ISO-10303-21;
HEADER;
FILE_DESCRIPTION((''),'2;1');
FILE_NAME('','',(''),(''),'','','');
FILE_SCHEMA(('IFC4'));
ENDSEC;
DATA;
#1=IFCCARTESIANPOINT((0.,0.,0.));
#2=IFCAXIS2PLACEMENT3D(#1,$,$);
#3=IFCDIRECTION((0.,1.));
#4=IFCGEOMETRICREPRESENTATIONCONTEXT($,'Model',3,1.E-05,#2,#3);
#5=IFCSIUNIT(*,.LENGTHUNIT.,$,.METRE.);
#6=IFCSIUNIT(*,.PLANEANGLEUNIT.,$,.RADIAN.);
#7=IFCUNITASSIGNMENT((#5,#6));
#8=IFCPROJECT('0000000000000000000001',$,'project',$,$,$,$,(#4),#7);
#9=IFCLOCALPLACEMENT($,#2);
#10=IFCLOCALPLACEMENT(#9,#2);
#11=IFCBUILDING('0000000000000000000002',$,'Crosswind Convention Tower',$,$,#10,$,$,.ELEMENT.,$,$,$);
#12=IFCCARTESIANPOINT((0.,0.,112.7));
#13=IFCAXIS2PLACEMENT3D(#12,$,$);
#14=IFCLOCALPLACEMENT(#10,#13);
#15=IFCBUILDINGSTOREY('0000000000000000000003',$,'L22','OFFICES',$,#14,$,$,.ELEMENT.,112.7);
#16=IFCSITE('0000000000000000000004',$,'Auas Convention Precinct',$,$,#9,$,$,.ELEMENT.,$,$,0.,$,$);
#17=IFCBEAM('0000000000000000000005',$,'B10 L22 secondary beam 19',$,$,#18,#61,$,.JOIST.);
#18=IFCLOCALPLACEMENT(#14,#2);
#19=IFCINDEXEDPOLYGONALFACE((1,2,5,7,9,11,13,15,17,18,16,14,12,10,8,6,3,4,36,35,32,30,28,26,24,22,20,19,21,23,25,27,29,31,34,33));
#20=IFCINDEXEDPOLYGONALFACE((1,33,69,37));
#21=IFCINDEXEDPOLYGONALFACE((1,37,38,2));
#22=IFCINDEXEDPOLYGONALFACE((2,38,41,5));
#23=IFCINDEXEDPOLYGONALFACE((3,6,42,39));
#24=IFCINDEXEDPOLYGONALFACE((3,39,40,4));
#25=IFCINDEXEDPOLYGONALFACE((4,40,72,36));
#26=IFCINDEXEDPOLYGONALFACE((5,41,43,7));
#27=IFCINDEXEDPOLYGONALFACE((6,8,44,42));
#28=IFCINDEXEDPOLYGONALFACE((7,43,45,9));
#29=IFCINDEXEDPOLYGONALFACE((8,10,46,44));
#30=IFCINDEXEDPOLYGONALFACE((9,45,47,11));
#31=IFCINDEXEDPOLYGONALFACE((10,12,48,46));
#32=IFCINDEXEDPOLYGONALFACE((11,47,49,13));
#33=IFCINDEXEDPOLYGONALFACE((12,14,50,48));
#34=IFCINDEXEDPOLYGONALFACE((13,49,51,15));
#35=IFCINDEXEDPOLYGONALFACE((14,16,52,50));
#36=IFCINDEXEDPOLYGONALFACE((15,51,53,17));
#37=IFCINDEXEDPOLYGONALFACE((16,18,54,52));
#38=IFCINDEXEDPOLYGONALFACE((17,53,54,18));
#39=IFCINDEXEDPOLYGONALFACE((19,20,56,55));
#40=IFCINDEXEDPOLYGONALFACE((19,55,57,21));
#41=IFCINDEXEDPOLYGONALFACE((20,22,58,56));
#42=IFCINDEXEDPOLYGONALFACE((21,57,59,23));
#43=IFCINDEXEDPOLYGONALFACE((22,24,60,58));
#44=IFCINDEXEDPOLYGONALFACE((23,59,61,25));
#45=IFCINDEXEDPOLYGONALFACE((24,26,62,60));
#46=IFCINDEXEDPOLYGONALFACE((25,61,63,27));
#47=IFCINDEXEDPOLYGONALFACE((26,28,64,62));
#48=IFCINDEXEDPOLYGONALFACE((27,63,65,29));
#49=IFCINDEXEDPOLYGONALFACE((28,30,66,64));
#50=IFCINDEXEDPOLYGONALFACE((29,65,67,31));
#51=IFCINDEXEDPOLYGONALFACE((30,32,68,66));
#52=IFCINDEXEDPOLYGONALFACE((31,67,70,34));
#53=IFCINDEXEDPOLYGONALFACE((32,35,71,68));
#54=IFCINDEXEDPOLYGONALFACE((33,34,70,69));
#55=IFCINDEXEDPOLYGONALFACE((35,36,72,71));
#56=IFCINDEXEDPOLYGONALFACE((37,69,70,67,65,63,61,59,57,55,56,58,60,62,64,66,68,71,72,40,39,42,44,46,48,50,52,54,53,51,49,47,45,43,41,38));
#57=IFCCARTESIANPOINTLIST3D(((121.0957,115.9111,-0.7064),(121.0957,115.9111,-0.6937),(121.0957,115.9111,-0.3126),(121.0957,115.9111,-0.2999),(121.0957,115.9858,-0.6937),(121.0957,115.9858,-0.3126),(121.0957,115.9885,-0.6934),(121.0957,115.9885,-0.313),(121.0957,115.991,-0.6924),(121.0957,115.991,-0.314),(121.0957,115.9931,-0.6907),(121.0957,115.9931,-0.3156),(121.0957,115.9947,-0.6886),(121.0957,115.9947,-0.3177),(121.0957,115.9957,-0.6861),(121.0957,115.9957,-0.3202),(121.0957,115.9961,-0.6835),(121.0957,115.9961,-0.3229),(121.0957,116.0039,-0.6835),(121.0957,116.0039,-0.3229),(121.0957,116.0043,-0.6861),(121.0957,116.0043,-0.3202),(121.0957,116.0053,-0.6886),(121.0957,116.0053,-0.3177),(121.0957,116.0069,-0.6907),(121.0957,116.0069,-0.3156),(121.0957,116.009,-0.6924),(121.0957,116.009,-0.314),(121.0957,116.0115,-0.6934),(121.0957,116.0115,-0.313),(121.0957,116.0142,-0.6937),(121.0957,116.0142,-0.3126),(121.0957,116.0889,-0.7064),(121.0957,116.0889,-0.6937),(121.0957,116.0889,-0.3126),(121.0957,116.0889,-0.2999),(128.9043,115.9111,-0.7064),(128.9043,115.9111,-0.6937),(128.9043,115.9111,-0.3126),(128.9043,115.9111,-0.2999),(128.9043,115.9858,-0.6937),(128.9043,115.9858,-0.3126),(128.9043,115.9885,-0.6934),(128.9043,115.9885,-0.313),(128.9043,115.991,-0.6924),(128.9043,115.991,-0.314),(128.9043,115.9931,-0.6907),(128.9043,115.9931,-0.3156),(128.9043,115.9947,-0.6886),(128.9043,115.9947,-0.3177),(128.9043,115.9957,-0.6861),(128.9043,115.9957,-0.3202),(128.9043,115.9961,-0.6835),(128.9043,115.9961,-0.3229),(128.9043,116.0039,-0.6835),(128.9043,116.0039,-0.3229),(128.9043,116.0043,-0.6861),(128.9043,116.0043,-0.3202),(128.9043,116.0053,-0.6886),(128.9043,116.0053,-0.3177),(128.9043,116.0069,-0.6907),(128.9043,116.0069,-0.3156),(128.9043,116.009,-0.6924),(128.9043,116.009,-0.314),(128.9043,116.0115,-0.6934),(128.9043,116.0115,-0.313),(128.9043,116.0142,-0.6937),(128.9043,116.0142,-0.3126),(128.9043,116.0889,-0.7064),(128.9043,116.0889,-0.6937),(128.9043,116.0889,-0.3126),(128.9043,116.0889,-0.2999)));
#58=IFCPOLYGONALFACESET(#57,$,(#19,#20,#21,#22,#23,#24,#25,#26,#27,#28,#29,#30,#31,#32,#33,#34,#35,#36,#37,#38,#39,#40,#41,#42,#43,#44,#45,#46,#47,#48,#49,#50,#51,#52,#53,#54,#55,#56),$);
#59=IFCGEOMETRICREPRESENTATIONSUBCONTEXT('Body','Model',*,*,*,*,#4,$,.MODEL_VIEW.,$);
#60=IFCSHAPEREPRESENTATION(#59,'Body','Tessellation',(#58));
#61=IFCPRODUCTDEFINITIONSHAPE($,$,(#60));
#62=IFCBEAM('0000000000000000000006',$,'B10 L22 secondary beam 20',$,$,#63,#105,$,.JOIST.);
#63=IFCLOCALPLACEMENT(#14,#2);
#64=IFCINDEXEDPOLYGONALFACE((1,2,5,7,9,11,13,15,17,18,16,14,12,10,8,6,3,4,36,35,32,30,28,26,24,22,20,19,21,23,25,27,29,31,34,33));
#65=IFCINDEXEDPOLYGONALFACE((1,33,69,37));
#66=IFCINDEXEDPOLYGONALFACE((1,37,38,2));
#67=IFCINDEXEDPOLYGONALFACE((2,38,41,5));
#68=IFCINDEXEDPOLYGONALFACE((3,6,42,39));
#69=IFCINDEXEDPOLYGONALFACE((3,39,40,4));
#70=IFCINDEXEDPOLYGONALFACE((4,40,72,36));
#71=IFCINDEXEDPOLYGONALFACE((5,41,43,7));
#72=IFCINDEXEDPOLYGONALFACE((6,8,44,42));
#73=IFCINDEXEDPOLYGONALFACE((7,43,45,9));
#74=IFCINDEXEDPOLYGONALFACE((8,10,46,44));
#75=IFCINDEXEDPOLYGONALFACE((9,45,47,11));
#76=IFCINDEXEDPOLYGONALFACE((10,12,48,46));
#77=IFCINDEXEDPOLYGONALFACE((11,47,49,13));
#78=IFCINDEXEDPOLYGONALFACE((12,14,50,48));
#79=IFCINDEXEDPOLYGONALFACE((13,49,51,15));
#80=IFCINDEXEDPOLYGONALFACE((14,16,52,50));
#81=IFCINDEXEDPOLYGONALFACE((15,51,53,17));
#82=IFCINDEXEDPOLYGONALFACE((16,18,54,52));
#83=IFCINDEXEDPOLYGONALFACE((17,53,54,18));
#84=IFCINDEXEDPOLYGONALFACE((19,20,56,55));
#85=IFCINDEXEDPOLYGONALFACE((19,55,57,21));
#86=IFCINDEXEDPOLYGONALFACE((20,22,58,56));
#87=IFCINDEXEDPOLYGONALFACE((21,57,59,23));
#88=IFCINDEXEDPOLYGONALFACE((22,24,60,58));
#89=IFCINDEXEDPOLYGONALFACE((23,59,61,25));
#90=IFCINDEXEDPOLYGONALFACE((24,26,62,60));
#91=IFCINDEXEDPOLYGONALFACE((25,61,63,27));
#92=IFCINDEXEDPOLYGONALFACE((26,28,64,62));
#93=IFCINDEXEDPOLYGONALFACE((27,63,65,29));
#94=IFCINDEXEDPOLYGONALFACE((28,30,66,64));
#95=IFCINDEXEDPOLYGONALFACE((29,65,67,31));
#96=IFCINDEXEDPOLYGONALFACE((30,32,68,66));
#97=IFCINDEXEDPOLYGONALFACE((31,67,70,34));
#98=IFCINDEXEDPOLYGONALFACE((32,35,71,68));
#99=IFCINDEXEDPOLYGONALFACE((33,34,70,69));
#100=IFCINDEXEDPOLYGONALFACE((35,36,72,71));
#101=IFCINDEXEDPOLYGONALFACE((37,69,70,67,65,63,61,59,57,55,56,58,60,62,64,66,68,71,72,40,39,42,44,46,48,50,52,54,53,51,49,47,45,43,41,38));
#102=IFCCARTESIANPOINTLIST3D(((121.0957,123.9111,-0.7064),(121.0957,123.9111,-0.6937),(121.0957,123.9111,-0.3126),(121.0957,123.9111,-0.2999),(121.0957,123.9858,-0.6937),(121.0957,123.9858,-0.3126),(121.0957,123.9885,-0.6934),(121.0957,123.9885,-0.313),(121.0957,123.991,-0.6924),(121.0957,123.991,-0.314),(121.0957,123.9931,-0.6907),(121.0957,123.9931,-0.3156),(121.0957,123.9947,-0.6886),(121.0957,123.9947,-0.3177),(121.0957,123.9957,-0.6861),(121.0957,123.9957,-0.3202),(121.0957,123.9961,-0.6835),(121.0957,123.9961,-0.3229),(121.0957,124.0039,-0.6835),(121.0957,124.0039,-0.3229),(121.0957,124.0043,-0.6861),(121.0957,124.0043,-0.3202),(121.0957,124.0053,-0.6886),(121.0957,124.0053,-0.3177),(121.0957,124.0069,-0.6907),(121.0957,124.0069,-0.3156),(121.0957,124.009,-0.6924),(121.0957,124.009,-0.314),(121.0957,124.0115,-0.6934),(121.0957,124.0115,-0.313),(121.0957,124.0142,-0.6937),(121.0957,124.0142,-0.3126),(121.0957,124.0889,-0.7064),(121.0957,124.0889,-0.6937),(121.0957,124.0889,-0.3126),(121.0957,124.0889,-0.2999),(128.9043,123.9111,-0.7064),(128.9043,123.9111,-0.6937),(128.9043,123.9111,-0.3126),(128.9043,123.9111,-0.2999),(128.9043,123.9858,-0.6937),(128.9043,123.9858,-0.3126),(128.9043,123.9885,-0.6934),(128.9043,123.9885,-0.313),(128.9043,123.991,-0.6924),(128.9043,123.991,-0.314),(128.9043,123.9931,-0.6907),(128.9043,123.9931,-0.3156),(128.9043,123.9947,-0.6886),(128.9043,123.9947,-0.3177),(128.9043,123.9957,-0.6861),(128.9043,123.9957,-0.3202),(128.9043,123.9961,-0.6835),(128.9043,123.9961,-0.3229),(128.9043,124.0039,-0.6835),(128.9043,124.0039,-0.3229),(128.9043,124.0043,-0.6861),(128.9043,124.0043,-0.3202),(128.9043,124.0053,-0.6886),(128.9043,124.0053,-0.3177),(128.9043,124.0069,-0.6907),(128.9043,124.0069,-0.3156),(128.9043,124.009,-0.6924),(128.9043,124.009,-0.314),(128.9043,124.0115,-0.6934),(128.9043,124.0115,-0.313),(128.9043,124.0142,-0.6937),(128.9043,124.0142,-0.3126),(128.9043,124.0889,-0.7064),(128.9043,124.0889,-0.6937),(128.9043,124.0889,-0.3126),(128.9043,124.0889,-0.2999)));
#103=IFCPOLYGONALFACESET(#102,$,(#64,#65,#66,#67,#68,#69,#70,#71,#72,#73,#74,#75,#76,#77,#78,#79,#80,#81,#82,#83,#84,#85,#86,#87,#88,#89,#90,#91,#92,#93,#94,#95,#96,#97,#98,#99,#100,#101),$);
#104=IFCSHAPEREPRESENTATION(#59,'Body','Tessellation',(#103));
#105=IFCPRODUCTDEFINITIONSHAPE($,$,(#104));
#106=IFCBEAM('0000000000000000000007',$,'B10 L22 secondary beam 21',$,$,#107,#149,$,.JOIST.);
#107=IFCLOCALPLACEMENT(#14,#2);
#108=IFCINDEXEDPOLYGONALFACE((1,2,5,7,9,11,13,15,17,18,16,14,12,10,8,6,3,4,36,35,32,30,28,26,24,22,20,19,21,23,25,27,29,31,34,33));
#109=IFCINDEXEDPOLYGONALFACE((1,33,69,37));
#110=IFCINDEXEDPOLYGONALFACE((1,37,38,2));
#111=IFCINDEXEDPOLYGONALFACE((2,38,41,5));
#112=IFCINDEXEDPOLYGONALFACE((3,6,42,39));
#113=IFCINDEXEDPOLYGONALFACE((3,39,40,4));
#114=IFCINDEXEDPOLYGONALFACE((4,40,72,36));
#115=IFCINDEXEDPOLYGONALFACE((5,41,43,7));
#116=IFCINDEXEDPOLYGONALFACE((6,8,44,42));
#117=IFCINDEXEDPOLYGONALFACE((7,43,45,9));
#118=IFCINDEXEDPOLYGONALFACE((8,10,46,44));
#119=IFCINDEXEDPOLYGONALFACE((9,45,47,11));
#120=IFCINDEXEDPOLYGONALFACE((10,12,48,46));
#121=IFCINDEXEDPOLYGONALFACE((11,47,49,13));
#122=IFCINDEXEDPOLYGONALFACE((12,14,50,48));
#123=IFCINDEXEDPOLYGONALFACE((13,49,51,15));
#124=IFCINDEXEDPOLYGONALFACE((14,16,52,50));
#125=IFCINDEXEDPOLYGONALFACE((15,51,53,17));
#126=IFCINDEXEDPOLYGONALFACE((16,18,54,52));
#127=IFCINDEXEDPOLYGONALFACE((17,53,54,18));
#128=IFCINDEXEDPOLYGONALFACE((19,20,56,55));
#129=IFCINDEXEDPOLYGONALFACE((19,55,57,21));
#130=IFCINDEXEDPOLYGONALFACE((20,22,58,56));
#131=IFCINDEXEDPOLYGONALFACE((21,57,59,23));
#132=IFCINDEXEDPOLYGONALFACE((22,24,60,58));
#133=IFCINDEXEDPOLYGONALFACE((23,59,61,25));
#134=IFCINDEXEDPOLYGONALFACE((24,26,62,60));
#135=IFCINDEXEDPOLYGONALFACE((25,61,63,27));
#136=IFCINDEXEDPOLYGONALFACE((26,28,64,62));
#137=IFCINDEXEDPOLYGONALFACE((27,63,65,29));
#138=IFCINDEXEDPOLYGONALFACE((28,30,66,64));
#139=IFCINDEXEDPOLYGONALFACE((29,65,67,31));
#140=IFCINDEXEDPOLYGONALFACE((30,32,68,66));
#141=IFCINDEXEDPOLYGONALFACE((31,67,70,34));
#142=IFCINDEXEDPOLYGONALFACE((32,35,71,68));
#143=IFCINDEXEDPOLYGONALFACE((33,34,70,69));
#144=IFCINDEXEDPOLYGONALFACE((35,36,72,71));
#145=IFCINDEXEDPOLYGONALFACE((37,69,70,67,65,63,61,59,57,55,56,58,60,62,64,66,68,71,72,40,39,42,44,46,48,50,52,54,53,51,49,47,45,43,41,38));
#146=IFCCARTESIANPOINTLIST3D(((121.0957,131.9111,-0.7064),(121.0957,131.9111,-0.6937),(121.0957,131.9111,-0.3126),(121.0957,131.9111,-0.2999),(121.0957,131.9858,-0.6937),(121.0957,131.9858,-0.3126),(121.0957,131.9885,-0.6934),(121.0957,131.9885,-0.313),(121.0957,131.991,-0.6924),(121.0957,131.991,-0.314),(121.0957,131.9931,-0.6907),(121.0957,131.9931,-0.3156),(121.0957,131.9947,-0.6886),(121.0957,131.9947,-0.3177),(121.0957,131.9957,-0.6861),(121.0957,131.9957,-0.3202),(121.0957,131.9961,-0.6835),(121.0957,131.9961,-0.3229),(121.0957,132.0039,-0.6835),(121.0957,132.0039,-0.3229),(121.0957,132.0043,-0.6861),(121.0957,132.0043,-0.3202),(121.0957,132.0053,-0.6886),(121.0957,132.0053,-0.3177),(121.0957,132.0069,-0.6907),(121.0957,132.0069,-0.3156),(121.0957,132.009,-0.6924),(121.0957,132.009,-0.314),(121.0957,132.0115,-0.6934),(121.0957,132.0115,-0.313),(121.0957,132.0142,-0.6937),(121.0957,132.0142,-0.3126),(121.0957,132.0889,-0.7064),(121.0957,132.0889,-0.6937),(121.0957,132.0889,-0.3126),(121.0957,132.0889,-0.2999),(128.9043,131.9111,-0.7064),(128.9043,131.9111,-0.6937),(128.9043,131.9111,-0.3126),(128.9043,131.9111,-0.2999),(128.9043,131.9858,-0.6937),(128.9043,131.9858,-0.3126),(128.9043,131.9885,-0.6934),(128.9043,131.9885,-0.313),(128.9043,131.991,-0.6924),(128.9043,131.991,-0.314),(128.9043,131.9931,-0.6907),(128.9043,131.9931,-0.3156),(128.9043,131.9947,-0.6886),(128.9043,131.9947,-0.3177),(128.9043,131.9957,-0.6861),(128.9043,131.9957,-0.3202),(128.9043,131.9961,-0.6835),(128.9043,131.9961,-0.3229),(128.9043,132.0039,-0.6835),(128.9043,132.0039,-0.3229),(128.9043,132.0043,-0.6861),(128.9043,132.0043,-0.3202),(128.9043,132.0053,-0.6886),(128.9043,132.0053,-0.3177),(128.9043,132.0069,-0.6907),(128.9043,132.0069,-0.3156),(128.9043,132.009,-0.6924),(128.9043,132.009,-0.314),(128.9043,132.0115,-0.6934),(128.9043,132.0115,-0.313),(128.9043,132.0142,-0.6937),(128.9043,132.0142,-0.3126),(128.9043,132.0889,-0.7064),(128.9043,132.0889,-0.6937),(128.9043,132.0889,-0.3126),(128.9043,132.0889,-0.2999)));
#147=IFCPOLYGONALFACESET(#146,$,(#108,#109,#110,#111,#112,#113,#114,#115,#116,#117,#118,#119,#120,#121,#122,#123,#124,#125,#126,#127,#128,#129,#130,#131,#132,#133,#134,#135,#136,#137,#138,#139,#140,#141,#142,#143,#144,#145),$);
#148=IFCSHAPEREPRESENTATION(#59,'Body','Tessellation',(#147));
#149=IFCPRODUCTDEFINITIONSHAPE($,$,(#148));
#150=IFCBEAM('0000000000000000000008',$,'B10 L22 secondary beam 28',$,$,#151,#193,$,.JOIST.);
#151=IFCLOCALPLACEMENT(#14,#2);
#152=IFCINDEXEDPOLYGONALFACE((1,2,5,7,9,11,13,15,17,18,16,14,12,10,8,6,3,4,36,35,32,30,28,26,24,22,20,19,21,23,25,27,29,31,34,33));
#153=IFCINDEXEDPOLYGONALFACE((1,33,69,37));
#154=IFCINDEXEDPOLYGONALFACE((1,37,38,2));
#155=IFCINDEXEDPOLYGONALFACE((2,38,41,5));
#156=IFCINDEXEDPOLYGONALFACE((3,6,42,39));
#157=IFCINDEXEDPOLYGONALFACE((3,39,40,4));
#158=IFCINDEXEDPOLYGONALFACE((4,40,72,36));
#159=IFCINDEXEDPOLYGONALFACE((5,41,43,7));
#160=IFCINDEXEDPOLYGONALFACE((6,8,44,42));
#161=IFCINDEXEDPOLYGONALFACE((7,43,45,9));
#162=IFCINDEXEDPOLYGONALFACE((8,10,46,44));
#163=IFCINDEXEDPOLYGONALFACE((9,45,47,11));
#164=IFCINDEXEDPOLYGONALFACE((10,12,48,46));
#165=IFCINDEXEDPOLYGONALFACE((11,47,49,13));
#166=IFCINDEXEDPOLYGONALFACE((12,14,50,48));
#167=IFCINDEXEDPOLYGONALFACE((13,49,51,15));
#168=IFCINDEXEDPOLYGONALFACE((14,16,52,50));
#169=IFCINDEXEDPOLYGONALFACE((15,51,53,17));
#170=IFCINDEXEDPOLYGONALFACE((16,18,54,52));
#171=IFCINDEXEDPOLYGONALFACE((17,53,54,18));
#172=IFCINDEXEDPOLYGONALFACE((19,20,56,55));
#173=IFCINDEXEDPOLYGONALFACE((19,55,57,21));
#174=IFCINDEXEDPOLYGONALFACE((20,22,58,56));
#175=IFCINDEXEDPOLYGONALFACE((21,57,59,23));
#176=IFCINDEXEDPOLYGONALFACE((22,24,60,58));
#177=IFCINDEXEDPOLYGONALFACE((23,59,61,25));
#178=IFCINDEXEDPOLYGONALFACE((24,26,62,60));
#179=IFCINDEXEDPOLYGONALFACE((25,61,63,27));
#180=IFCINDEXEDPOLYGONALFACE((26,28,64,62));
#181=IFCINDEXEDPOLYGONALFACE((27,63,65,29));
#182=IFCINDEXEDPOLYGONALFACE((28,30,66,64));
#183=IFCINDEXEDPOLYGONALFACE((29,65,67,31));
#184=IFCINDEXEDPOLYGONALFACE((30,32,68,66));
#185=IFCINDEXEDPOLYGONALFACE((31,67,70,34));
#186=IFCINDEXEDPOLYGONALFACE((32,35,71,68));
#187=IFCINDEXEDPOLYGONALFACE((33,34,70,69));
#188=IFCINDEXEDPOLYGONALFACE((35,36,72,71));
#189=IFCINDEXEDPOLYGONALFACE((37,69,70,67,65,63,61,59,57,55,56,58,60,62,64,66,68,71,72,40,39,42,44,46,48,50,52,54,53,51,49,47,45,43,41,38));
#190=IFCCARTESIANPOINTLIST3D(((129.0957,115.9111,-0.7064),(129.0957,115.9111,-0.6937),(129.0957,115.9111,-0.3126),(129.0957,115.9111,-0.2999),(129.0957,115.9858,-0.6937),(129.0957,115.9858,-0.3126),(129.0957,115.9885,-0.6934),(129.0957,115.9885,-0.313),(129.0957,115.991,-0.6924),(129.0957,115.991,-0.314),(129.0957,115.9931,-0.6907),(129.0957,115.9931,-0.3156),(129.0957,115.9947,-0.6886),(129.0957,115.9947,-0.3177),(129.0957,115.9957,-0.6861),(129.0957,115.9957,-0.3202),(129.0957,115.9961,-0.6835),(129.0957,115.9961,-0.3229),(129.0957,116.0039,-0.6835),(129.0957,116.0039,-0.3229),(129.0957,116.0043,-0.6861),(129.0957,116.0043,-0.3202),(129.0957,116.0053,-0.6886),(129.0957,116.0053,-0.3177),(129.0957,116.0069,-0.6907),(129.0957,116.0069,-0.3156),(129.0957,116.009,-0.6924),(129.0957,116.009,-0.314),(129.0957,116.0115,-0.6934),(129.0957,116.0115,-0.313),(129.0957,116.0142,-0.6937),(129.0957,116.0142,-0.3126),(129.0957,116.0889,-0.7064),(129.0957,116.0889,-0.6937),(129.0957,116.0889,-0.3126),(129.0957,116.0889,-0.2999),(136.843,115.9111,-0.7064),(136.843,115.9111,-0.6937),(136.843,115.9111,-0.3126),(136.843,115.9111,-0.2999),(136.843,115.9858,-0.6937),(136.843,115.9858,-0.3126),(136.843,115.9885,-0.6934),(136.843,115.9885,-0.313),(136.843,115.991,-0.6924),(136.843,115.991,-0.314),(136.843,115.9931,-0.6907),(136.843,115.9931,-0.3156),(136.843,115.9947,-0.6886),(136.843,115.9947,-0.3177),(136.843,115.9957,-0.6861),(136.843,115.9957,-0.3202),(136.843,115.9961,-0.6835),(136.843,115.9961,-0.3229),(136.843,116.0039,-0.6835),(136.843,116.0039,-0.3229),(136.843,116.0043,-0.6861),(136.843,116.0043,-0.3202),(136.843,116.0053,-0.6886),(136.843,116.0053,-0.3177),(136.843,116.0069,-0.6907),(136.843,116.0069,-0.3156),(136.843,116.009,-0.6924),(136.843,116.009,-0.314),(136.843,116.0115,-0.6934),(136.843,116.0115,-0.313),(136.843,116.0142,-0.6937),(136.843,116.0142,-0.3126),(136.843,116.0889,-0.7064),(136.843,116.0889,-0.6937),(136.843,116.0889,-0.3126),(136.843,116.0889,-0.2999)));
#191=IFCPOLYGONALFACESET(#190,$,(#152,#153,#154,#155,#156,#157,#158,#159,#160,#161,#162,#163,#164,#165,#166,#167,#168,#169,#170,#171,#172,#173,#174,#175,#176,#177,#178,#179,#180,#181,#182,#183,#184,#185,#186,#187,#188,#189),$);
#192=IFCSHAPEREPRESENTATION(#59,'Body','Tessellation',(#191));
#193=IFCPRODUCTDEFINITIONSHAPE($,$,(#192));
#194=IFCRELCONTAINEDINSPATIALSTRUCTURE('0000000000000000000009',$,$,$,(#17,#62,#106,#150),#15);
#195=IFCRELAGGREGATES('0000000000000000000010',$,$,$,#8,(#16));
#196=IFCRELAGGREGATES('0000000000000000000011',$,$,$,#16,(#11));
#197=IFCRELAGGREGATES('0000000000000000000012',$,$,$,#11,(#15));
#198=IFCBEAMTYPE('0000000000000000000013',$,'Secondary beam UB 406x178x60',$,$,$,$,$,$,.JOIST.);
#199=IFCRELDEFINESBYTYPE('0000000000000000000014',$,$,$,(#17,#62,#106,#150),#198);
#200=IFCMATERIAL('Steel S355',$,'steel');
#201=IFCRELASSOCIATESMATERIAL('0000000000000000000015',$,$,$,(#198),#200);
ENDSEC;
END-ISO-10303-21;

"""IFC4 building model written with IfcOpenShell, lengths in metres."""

from ifc_helpers import new_model, si_unit, direction, frame, origin, origin_2d, place, context, subcontext, project, spatial, i_section, extrude, material, material_profile, profile_set, type_object, element, save


model = new_model("IFC4")

# Units and contexts
model_context = context("Model", 3, precision=1e-05, world=origin(), true_north=direction((0.0, 1.0)))
body_context = subcontext(model_context, "Body", "Model", "MODEL_VIEW")
ifc_project = project(units=[si_unit("LENGTHUNIT", "METRE"), si_unit("PLANEANGLEUNIT", "RADIAN")], contexts=[model_context])

# Site, building, storey
site_placement = place(None, origin())
site = spatial("IfcSite", under=ifc_project, at=site_placement, Name="Auas Convention Precinct", CompositionType="ELEMENT", RefElevation=0.0)
building_placement = place(site_placement, origin())
building = spatial("IfcBuilding", under=site, at=building_placement, Name="Crosswind Convention Tower", CompositionType="ELEMENT")
storey_placement = place(building_placement, frame((0.0, 0.0, 112.7)))
storey = spatial("IfcBuildingStorey", under=building, at=storey_placement, Name="L22", Description="OFFICES", CompositionType="ELEMENT", Elevation=112.7)

# Beams
ifc_material_1 = material(Name="Steel S355", Category="steel")
ifc_material_profile_1 = material_profile(ifc_material_1, i_section(OverallWidth=0.1777, OverallDepth=0.4065, WebThickness=0.0078, FlangeThickness=0.0127, FilletRadius=0.0103, at=origin_2d()), Name="UB 406x178x60")
ifc_profile_set_1 = profile_set([ifc_material_profile_1], Name="Steel S355")
beam_type_1 = type_object("IfcBeamType", Name="Secondary beam UB 406x178x60", PredefinedType="JOIST", material=ifc_profile_set_1)
for number, where, z_axis, x_axis, name in (
    (1, (121.0957, 116.0, -0.5032), (1.0, 0.0, 0.0), (0.0, 1.0, 0.0), "B10 L22 secondary beam 19"),
    (2, (121.0957, 124.0, -0.5032), (1.0, 0.0, 0.0), (0.0, 1.0, 0.0), "B10 L22 secondary beam 20"),
    (3, (121.0957, 132.0, -0.5032), (1.0, 0.0, 0.0), (0.0, 1.0, 0.0), "B10 L22 secondary beam 21"),
):
    element("IfcBeam", number, at=place(storey_placement, frame(where, z_axis=z_axis, x_axis=x_axis)), inside=storey, type_object=beam_type_1, Name=name, PredefinedType="JOIST", context=body_context, shape_type="SweptSolid", body=[
        extrude(i_section(OverallWidth=0.1777, OverallDepth=0.4065, WebThickness=0.0078, FlangeThickness=0.0127, FilletRadius=0.0103, at=origin_2d()), origin(), (0.0, 0.0, 1.0), 7.8086),
    ])
for number, where, z_axis, x_axis, name in (
    (4, (129.0957, 116.0, -0.5032), (1.0, 0.0, 0.0), (0.0, 1.0, 0.0), "B10 L22 secondary beam 28"),
):
    element("IfcBeam", number, at=place(storey_placement, frame(where, z_axis=z_axis, x_axis=x_axis)), inside=storey, type_object=beam_type_1, Name=name, PredefinedType="JOIST", context=body_context, shape_type="SweptSolid", body=[
        extrude(i_section(OverallWidth=0.1777, OverallDepth=0.4065, WebThickness=0.0078, FlangeThickness=0.0127, FilletRadius=0.0103, at=origin_2d()), origin(), (0.0, 0.0, 1.0), 7.7473),
    ])

save(model, "model.ifc")
